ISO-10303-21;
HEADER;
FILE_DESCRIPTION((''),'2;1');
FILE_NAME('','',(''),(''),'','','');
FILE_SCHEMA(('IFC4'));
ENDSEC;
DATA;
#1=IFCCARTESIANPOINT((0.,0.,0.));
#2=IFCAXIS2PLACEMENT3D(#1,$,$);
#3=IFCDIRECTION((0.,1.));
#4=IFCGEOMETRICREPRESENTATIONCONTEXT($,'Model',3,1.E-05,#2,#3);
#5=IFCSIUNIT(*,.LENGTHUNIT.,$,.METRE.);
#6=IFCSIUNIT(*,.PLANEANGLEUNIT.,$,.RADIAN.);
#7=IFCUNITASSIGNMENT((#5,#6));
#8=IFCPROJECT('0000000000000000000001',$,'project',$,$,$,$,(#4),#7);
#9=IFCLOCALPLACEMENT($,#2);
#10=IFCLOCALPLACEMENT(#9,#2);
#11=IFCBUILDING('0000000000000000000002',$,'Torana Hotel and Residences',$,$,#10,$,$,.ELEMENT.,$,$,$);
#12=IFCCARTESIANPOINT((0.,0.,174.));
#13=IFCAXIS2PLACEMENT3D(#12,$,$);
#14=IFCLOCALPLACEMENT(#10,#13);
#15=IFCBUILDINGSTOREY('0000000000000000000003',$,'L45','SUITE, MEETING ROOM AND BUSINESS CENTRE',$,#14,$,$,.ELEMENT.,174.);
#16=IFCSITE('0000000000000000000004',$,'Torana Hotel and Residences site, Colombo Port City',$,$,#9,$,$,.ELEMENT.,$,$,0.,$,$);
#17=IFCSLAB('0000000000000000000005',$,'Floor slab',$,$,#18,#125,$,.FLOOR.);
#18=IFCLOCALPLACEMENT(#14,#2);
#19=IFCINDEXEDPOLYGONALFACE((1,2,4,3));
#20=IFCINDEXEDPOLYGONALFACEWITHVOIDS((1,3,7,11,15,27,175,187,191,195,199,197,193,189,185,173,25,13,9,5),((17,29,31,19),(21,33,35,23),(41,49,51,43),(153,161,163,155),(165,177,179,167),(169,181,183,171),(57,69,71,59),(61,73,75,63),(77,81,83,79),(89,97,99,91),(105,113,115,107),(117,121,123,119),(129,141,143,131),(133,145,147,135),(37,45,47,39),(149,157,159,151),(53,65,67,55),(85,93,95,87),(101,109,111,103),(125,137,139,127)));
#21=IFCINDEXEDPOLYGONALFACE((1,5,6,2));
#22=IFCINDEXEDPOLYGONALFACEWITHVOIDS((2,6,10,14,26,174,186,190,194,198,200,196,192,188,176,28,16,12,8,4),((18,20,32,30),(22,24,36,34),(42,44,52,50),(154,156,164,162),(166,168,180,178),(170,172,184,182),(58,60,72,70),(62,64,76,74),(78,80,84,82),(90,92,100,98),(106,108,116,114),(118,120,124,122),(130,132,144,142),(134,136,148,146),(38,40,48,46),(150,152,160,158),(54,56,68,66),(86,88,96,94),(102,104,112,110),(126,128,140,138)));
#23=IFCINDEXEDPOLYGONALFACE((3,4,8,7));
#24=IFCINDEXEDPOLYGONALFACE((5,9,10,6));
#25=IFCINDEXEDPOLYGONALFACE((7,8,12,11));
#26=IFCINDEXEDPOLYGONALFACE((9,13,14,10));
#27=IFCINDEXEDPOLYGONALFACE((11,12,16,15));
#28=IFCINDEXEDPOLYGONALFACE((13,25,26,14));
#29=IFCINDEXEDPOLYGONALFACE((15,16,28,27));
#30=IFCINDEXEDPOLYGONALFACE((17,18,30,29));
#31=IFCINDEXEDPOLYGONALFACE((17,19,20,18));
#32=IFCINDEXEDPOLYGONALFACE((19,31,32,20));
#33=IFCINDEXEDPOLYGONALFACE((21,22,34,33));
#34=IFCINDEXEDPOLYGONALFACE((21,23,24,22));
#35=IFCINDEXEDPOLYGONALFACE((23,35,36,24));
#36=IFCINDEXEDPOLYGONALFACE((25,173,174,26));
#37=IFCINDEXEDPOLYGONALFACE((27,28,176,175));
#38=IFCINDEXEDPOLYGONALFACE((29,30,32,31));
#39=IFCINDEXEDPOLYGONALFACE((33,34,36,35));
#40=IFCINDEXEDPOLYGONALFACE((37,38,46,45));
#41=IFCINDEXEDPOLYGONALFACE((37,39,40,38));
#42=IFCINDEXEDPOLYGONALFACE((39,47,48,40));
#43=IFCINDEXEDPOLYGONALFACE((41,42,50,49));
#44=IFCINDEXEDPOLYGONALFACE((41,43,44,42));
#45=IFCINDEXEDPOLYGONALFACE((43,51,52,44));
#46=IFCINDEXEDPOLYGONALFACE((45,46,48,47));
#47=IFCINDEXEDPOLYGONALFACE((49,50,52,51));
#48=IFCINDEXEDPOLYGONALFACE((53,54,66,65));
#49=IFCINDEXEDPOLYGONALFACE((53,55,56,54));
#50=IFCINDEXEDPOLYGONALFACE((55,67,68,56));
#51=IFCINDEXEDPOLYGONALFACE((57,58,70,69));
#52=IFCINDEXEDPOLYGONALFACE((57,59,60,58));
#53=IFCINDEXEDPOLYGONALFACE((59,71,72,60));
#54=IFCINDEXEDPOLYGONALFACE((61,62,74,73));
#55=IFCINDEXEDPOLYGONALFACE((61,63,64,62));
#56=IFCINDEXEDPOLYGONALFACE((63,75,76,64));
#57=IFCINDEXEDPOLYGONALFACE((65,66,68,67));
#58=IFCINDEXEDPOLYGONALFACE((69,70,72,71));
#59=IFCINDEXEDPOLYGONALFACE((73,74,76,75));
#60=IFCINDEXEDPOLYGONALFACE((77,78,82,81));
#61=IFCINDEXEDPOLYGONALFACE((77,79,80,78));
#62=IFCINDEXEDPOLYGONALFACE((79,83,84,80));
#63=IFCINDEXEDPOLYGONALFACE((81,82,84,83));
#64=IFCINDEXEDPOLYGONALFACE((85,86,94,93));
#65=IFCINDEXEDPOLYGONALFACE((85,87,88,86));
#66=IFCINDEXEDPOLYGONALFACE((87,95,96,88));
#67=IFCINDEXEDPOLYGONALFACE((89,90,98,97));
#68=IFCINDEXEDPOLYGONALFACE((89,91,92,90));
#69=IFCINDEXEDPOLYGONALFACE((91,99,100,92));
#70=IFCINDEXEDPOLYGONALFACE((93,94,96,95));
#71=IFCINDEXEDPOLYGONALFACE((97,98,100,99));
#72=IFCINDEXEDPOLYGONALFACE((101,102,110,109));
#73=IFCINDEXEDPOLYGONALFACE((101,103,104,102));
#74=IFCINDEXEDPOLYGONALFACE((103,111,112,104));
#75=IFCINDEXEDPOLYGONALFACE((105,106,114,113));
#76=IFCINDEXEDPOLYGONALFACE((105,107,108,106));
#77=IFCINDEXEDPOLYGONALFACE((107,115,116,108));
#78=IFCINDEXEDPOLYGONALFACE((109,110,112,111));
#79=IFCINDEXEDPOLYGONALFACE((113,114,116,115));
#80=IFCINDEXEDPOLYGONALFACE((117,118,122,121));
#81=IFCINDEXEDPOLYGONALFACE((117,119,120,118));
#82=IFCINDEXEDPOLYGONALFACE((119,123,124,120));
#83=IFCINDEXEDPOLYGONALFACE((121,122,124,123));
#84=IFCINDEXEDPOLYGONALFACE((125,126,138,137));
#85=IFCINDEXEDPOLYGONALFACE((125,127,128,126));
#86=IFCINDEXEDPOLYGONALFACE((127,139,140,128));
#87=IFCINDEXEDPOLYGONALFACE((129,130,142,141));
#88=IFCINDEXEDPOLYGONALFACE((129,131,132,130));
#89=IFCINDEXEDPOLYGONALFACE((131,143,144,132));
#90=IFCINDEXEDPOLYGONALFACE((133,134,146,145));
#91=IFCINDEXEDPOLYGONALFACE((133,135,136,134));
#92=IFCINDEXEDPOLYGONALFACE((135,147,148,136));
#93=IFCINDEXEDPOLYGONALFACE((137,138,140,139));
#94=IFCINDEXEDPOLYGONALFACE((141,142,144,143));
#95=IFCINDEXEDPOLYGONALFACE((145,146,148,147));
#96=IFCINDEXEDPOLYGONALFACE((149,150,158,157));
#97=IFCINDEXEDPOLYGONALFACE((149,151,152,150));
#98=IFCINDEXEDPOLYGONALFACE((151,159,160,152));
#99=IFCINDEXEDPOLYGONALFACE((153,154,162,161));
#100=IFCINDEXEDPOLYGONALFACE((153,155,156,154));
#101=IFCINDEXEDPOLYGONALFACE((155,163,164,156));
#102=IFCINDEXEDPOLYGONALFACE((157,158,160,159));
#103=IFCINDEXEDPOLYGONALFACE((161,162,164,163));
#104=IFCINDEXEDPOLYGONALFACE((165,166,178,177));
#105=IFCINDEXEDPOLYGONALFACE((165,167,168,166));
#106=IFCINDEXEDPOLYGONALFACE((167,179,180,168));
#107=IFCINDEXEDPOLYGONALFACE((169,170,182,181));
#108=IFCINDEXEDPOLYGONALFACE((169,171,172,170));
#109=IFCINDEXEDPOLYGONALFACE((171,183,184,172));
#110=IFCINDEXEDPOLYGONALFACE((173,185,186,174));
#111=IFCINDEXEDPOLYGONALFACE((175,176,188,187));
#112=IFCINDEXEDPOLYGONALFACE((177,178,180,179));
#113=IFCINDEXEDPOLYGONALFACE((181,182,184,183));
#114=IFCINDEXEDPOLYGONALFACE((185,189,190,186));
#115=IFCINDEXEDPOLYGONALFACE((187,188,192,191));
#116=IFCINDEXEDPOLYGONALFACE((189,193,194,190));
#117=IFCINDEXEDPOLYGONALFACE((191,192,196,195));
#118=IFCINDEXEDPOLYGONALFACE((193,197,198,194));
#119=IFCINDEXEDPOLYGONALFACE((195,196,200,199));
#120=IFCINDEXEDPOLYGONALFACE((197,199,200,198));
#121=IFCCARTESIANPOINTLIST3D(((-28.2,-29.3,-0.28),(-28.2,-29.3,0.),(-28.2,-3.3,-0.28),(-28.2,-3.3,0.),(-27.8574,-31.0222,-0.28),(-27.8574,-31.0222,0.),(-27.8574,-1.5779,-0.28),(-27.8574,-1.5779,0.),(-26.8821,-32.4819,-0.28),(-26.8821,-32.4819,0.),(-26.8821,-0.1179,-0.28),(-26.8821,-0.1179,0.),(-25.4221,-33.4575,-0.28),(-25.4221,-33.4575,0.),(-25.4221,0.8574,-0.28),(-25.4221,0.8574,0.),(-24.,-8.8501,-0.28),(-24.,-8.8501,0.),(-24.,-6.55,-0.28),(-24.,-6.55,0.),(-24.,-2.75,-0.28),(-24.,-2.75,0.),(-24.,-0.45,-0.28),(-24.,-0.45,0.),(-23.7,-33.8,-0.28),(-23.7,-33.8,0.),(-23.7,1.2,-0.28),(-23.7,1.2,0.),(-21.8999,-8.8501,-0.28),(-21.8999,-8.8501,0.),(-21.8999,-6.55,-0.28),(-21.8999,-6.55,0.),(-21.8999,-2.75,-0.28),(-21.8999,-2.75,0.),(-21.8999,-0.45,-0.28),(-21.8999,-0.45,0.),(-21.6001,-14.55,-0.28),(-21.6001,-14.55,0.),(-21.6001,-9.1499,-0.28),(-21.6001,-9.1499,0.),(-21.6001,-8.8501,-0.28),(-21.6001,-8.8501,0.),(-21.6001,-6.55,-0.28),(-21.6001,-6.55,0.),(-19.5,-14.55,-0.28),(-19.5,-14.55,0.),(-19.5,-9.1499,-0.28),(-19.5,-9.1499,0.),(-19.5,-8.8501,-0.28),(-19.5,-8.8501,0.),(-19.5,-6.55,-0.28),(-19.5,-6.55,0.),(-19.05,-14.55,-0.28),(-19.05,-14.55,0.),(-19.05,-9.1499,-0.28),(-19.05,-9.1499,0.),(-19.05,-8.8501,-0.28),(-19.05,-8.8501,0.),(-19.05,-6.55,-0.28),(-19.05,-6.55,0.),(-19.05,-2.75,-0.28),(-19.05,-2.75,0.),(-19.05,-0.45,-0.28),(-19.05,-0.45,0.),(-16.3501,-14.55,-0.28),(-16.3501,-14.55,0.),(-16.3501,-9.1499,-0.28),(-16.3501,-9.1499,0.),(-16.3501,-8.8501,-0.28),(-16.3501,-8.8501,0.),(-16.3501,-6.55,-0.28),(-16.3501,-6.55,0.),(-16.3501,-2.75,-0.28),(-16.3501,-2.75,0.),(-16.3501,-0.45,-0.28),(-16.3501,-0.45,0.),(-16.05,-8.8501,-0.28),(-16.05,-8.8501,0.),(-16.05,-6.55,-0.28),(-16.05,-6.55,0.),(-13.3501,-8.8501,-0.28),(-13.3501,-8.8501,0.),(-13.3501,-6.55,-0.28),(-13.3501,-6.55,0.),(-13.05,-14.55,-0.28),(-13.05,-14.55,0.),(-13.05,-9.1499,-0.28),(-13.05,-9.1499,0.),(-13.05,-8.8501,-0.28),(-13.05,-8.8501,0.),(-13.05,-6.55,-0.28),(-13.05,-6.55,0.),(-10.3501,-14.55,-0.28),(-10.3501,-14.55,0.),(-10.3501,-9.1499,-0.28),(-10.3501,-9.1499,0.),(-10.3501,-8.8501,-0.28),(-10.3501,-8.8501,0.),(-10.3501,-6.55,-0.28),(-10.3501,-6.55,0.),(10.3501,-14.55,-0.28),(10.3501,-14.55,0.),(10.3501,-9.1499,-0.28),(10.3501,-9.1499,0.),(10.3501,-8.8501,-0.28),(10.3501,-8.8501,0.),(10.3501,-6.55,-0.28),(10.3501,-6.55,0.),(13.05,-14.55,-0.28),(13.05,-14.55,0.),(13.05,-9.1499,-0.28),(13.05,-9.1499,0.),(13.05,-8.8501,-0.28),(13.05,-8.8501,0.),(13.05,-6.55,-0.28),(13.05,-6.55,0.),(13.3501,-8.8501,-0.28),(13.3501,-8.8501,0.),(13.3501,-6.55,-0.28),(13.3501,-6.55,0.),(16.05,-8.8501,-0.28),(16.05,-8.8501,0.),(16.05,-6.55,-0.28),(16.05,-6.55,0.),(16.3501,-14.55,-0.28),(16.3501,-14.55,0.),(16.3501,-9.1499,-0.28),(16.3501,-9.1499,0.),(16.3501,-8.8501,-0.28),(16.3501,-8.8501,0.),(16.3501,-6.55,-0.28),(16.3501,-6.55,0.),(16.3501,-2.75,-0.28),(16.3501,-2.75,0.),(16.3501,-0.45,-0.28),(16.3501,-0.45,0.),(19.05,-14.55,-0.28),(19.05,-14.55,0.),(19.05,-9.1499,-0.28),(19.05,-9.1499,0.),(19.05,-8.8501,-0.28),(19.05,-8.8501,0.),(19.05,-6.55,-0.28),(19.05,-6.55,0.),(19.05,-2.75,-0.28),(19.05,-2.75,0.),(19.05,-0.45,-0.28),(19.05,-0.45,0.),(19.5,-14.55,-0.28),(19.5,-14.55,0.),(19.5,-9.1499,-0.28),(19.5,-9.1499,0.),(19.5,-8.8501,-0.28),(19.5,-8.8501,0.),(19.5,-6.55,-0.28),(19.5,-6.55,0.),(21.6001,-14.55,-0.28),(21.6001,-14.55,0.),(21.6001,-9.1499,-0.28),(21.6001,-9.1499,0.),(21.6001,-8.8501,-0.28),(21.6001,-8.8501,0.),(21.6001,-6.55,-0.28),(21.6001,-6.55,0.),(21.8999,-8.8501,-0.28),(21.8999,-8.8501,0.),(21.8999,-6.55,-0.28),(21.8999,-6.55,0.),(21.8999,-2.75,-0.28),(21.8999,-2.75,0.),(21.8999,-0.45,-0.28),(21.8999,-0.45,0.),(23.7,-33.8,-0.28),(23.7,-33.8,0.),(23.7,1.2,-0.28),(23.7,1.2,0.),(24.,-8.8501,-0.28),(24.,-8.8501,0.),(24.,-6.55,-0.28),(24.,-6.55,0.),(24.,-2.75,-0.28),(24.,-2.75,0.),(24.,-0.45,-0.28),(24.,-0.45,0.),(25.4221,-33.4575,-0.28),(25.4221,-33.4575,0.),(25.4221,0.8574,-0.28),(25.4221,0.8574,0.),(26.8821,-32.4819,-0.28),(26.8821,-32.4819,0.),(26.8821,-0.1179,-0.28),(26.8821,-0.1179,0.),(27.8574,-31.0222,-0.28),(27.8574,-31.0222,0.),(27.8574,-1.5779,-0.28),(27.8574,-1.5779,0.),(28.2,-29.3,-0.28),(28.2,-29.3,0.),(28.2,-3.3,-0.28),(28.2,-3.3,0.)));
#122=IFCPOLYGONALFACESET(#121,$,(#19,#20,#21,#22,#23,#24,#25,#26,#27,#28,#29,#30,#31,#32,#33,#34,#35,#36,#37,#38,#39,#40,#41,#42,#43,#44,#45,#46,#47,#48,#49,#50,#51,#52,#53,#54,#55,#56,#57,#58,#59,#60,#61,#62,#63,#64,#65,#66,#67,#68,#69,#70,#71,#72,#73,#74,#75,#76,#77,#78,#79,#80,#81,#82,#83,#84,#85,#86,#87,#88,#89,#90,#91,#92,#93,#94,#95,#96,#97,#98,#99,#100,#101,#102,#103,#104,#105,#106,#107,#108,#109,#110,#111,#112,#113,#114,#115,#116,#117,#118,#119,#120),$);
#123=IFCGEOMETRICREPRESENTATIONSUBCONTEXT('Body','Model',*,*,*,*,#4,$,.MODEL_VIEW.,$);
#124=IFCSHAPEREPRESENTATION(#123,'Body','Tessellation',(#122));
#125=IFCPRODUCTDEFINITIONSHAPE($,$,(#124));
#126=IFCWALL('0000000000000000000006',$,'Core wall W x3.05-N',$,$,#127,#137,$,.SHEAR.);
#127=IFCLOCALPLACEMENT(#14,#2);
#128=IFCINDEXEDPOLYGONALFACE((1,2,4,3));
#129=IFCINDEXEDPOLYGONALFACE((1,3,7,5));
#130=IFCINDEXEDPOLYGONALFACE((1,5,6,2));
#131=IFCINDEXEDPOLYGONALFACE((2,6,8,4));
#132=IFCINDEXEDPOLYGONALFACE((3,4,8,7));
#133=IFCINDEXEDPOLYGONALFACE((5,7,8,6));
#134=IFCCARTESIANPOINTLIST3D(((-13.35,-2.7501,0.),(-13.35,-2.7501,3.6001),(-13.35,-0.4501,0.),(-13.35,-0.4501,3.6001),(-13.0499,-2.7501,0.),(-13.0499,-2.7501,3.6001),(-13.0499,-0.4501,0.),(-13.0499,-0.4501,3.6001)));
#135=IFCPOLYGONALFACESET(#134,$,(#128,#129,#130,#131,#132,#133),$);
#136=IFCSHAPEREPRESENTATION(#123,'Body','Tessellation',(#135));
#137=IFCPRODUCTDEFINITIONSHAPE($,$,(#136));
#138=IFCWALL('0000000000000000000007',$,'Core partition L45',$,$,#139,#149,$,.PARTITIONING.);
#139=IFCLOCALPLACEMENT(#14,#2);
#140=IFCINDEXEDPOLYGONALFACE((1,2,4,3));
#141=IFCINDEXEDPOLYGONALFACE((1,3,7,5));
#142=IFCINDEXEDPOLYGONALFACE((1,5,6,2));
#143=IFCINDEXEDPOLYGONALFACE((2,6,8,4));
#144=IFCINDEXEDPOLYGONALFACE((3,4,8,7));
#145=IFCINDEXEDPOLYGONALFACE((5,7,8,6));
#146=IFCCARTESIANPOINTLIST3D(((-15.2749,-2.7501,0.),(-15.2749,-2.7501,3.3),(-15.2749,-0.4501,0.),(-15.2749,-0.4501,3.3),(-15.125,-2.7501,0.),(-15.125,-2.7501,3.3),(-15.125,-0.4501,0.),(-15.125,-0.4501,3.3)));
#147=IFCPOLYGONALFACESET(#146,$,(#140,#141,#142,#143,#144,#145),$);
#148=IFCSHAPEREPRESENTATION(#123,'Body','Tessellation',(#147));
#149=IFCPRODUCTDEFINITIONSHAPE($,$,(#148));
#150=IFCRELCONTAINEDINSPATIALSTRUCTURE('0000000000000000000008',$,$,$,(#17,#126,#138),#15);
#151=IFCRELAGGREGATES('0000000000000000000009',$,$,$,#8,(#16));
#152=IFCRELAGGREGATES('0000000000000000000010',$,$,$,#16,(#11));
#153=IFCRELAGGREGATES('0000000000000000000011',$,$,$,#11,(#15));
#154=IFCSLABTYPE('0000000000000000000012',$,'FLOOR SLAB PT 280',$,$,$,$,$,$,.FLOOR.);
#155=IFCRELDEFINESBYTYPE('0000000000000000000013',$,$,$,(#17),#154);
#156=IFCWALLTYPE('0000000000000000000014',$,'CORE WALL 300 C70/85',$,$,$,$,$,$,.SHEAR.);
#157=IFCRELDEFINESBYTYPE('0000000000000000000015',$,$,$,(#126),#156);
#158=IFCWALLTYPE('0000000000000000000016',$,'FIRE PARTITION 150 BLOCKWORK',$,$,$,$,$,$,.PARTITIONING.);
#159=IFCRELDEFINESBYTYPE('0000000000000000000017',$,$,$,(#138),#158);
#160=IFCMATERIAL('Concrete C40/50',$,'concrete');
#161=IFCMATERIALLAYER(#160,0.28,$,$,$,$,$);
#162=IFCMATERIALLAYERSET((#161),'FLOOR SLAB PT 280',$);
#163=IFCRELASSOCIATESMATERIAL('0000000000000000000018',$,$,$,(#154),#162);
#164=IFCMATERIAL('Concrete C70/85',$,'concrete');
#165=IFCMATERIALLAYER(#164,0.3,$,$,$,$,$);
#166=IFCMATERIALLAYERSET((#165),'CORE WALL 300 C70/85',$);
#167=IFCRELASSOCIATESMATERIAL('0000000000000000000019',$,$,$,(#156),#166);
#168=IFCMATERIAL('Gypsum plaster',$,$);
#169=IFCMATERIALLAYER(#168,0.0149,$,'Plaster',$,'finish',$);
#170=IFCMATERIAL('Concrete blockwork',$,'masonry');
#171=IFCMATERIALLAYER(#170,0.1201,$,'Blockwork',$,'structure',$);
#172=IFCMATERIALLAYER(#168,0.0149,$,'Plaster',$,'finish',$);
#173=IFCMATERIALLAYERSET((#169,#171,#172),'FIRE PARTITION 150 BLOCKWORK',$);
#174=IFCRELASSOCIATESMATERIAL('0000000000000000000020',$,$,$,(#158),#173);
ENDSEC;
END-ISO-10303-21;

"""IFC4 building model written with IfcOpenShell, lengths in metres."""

from ifc_helpers import new_model, si_unit, direction, frame, frame_2d, origin, place, context, subcontext, project, spatial, polyline, rectangle, outline, extrude, material, layer, layer_set, type_object, element, save


model = new_model("IFC4")

# Units and contexts
model_context = context("Model", 3, precision=1e-05, world=origin(), true_north=direction((0.0, 1.0)))
body_context = subcontext(model_context, "Body", "Model", "MODEL_VIEW")
ifc_project = project(units=[si_unit("LENGTHUNIT", "METRE"), si_unit("PLANEANGLEUNIT", "RADIAN")], contexts=[model_context])

# Site, building, storey
site_placement = place(None, origin())
site = spatial("IfcSite", under=ifc_project, at=site_placement, Name="Torana Hotel and Residences site, Colombo Port City", CompositionType="ELEMENT", RefElevation=0.0)
building_placement = place(site_placement, origin())
building = spatial("IfcBuilding", under=site, at=building_placement, Name="Torana Hotel and Residences", CompositionType="ELEMENT")
storey_placement = place(building_placement, frame((0.0, 0.0, 174.0)))
storey = spatial("IfcBuildingStorey", under=building, at=storey_placement, Name="L45", Description="SUITE, MEETING ROOM AND BUSINESS CENTRE", CompositionType="ELEMENT", Elevation=174.0)

# Slab
ifc_material_1 = material(Name="Concrete C40/50", Category="concrete")
ifc_layer_1 = layer(ifc_material_1, 0.28)
ifc_layer_set_1 = layer_set([ifc_layer_1], Name="FLOOR SLAB PT 280")
slab_type_1 = type_object("IfcSlabType", Name="FLOOR SLAB PT 280", PredefinedType="FLOOR", material=ifc_layer_set_1)
slab_1_placement = place(storey_placement, frame((0.0, 0.0, -0.28)))
element("IfcSlab", 1, at=slab_1_placement, inside=storey, type_object=slab_type_1, Name="Floor slab", PredefinedType="FLOOR", context=body_context, shape_type="SweptSolid", body=[
    extrude(outline(polyline([(28.2, -3.3), (27.8574, -1.5779), (26.8821, -0.1179), (25.4221, 0.8574), (23.7, 1.2), (-23.7, 1.2), (-25.4221, 0.8574), (-26.8821, -0.1179), (-27.8574, -1.5779), (-28.2, -3.3), (-28.2, -29.3), (-27.8574, -31.0222), (-26.8821, -32.4819), (-25.4221, -33.4575), (-23.7, -33.8), (23.7, -33.8), (25.4221, -33.4575), (26.8821, -32.4819), (27.8574, -31.0222), (28.2, -29.3), (28.2, -3.3)]), holes=[polyline([(-13.05, -14.55), (-10.3501, -14.55), (-10.3501, -9.1499), (-13.05, -9.1499), (-13.05, -14.55)]), polyline([(-19.05, -14.55), (-16.3501, -14.55), (-16.3501, -9.1499), (-19.05, -9.1499), (-19.05, -14.55)]), polyline([(-19.05, -2.75), (-16.3501, -2.75), (-16.3501, -0.45), (-19.05, -0.45), (-19.05, -2.75)]), polyline([(-21.6001, -8.8501), (-19.5, -8.8501), (-19.5, -6.55), (-21.6001, -6.55), (-21.6001, -8.8501)]), polyline([(-24.0, -2.75), (-21.8999, -2.75), (-21.8999, -0.45), (-24.0, -0.45), (-24.0, -2.75)]), polyline([(-24.0, -8.8501), (-21.8999, -8.8501), (-21.8999, -6.55), (-24.0, -6.55), (-24.0, -8.8501)]), polyline([(-13.05, -8.8501), (-10.3501, -8.8501), (-10.3501, -6.55), (-13.05, -6.55), (-13.05, -8.8501)]), polyline([(-16.05, -8.8501), (-13.3501, -8.8501), (-13.3501, -6.55), (-16.05, -6.55), (-16.05, -8.8501)]), polyline([(-19.05, -8.8501), (-16.3501, -8.8501), (-16.3501, -6.55), (-19.05, -6.55), (-19.05, -8.8501)]), polyline([(-21.6001, -14.55), (-19.5, -14.55), (-19.5, -9.1499), (-21.6001, -9.1499), (-21.6001, -14.55)]), polyline([(10.3501, -14.55), (13.05, -14.55), (13.05, -9.1499), (10.3501, -9.1499), (10.3501, -14.55)]), polyline([(16.3501, -14.55), (19.05, -14.55), (19.05, -9.1499), (16.3501, -9.1499), (16.3501, -14.55)]), polyline([(16.3501, -2.75), (19.05, -2.75), (19.05, -0.45), (16.3501, -0.45), (16.3501, -2.75)]), polyline([(19.5, -8.8501), (21.6001, -8.8501), (21.6001, -6.55), (19.5, -6.55), (19.5, -8.8501)]), polyline([(21.8999, -2.75), (24.0, -2.75), (24.0, -0.45), (21.8999, -0.45), (21.8999, -2.75)]), polyline([(21.8999, -8.8501), (24.0, -8.8501), (24.0, -6.55), (21.8999, -6.55), (21.8999, -8.8501)]), polyline([(10.3501, -8.8501), (13.05, -8.8501), (13.05, -6.55), (10.3501, -6.55), (10.3501, -8.8501)]), polyline([(13.3501, -8.8501), (16.05, -8.8501), (16.05, -6.55), (13.3501, -6.55), (13.3501, -8.8501)]), polyline([(16.3501, -8.8501), (19.05, -8.8501), (19.05, -6.55), (16.3501, -6.55), (16.3501, -8.8501)]), polyline([(19.5, -14.55), (21.6001, -14.55), (21.6001, -9.1499), (19.5, -9.1499), (19.5, -14.55)])]), origin(), (0.0, 0.0, 1.0), 0.28),
])

# Walls
ifc_material_2 = material(Name="Concrete C70/85", Category="concrete")
ifc_layer_2 = layer(ifc_material_2, 0.3)
ifc_layer_set_2 = layer_set([ifc_layer_2], Name="CORE WALL 300 C70/85")
wall_type_1 = type_object("IfcWallType", Name="CORE WALL 300 C70/85", PredefinedType="SHEAR", material=ifc_layer_set_2)
wall_1_placement = place(storey_placement, frame((-13.2, -2.75, 0.0), z_axis=(0.0, 0.0, 1.0), x_axis=(0.0, 1.0, 0.0)))
element("IfcWall", 2, at=wall_1_placement, inside=storey, type_object=wall_type_1, Name="Core wall W x3.05-N", PredefinedType="SHEAR", context=body_context, shape_type="SweptSolid", body=[
    extrude(rectangle(XDim=2.3, YDim=0.3, at=frame_2d((1.1499, 0.0))), origin(), (0.0, 0.0, 1.0), 3.6001),
])
ifc_material_3 = material(Name="Gypsum plaster")
ifc_layer_3 = layer(ifc_material_3, 0.0149, Name="Plaster", Category="finish")
ifc_material_4 = material(Name="Concrete blockwork", Category="masonry")
ifc_layer_4 = layer(ifc_material_4, 0.1201, Name="Blockwork", Category="structure")
ifc_layer_5 = layer(ifc_material_3, 0.0149, Name="Plaster", Category="finish")
ifc_layer_set_3 = layer_set([ifc_layer_3, ifc_layer_4, ifc_layer_5], Name="FIRE PARTITION 150 BLOCKWORK")
wall_type_2 = type_object("IfcWallType", Name="FIRE PARTITION 150 BLOCKWORK", PredefinedType="PARTITIONING", material=ifc_layer_set_3)
wall_2_placement = place(storey_placement, frame((-15.2, -2.75, 0.0), z_axis=(0.0, 0.0, 1.0), x_axis=(0.0, 1.0, 0.0)))
element("IfcWall", 3, at=wall_2_placement, inside=storey, type_object=wall_type_2, Name="Core partition L45", PredefinedType="PARTITIONING", context=body_context, shape_type="SweptSolid", body=[
    extrude(rectangle(XDim=2.3, YDim=0.1499, at=frame_2d((1.1499, 0.0))), origin(), (0.0, 0.0, 1.0), 3.3),
])

save(model, "model.ifc")
